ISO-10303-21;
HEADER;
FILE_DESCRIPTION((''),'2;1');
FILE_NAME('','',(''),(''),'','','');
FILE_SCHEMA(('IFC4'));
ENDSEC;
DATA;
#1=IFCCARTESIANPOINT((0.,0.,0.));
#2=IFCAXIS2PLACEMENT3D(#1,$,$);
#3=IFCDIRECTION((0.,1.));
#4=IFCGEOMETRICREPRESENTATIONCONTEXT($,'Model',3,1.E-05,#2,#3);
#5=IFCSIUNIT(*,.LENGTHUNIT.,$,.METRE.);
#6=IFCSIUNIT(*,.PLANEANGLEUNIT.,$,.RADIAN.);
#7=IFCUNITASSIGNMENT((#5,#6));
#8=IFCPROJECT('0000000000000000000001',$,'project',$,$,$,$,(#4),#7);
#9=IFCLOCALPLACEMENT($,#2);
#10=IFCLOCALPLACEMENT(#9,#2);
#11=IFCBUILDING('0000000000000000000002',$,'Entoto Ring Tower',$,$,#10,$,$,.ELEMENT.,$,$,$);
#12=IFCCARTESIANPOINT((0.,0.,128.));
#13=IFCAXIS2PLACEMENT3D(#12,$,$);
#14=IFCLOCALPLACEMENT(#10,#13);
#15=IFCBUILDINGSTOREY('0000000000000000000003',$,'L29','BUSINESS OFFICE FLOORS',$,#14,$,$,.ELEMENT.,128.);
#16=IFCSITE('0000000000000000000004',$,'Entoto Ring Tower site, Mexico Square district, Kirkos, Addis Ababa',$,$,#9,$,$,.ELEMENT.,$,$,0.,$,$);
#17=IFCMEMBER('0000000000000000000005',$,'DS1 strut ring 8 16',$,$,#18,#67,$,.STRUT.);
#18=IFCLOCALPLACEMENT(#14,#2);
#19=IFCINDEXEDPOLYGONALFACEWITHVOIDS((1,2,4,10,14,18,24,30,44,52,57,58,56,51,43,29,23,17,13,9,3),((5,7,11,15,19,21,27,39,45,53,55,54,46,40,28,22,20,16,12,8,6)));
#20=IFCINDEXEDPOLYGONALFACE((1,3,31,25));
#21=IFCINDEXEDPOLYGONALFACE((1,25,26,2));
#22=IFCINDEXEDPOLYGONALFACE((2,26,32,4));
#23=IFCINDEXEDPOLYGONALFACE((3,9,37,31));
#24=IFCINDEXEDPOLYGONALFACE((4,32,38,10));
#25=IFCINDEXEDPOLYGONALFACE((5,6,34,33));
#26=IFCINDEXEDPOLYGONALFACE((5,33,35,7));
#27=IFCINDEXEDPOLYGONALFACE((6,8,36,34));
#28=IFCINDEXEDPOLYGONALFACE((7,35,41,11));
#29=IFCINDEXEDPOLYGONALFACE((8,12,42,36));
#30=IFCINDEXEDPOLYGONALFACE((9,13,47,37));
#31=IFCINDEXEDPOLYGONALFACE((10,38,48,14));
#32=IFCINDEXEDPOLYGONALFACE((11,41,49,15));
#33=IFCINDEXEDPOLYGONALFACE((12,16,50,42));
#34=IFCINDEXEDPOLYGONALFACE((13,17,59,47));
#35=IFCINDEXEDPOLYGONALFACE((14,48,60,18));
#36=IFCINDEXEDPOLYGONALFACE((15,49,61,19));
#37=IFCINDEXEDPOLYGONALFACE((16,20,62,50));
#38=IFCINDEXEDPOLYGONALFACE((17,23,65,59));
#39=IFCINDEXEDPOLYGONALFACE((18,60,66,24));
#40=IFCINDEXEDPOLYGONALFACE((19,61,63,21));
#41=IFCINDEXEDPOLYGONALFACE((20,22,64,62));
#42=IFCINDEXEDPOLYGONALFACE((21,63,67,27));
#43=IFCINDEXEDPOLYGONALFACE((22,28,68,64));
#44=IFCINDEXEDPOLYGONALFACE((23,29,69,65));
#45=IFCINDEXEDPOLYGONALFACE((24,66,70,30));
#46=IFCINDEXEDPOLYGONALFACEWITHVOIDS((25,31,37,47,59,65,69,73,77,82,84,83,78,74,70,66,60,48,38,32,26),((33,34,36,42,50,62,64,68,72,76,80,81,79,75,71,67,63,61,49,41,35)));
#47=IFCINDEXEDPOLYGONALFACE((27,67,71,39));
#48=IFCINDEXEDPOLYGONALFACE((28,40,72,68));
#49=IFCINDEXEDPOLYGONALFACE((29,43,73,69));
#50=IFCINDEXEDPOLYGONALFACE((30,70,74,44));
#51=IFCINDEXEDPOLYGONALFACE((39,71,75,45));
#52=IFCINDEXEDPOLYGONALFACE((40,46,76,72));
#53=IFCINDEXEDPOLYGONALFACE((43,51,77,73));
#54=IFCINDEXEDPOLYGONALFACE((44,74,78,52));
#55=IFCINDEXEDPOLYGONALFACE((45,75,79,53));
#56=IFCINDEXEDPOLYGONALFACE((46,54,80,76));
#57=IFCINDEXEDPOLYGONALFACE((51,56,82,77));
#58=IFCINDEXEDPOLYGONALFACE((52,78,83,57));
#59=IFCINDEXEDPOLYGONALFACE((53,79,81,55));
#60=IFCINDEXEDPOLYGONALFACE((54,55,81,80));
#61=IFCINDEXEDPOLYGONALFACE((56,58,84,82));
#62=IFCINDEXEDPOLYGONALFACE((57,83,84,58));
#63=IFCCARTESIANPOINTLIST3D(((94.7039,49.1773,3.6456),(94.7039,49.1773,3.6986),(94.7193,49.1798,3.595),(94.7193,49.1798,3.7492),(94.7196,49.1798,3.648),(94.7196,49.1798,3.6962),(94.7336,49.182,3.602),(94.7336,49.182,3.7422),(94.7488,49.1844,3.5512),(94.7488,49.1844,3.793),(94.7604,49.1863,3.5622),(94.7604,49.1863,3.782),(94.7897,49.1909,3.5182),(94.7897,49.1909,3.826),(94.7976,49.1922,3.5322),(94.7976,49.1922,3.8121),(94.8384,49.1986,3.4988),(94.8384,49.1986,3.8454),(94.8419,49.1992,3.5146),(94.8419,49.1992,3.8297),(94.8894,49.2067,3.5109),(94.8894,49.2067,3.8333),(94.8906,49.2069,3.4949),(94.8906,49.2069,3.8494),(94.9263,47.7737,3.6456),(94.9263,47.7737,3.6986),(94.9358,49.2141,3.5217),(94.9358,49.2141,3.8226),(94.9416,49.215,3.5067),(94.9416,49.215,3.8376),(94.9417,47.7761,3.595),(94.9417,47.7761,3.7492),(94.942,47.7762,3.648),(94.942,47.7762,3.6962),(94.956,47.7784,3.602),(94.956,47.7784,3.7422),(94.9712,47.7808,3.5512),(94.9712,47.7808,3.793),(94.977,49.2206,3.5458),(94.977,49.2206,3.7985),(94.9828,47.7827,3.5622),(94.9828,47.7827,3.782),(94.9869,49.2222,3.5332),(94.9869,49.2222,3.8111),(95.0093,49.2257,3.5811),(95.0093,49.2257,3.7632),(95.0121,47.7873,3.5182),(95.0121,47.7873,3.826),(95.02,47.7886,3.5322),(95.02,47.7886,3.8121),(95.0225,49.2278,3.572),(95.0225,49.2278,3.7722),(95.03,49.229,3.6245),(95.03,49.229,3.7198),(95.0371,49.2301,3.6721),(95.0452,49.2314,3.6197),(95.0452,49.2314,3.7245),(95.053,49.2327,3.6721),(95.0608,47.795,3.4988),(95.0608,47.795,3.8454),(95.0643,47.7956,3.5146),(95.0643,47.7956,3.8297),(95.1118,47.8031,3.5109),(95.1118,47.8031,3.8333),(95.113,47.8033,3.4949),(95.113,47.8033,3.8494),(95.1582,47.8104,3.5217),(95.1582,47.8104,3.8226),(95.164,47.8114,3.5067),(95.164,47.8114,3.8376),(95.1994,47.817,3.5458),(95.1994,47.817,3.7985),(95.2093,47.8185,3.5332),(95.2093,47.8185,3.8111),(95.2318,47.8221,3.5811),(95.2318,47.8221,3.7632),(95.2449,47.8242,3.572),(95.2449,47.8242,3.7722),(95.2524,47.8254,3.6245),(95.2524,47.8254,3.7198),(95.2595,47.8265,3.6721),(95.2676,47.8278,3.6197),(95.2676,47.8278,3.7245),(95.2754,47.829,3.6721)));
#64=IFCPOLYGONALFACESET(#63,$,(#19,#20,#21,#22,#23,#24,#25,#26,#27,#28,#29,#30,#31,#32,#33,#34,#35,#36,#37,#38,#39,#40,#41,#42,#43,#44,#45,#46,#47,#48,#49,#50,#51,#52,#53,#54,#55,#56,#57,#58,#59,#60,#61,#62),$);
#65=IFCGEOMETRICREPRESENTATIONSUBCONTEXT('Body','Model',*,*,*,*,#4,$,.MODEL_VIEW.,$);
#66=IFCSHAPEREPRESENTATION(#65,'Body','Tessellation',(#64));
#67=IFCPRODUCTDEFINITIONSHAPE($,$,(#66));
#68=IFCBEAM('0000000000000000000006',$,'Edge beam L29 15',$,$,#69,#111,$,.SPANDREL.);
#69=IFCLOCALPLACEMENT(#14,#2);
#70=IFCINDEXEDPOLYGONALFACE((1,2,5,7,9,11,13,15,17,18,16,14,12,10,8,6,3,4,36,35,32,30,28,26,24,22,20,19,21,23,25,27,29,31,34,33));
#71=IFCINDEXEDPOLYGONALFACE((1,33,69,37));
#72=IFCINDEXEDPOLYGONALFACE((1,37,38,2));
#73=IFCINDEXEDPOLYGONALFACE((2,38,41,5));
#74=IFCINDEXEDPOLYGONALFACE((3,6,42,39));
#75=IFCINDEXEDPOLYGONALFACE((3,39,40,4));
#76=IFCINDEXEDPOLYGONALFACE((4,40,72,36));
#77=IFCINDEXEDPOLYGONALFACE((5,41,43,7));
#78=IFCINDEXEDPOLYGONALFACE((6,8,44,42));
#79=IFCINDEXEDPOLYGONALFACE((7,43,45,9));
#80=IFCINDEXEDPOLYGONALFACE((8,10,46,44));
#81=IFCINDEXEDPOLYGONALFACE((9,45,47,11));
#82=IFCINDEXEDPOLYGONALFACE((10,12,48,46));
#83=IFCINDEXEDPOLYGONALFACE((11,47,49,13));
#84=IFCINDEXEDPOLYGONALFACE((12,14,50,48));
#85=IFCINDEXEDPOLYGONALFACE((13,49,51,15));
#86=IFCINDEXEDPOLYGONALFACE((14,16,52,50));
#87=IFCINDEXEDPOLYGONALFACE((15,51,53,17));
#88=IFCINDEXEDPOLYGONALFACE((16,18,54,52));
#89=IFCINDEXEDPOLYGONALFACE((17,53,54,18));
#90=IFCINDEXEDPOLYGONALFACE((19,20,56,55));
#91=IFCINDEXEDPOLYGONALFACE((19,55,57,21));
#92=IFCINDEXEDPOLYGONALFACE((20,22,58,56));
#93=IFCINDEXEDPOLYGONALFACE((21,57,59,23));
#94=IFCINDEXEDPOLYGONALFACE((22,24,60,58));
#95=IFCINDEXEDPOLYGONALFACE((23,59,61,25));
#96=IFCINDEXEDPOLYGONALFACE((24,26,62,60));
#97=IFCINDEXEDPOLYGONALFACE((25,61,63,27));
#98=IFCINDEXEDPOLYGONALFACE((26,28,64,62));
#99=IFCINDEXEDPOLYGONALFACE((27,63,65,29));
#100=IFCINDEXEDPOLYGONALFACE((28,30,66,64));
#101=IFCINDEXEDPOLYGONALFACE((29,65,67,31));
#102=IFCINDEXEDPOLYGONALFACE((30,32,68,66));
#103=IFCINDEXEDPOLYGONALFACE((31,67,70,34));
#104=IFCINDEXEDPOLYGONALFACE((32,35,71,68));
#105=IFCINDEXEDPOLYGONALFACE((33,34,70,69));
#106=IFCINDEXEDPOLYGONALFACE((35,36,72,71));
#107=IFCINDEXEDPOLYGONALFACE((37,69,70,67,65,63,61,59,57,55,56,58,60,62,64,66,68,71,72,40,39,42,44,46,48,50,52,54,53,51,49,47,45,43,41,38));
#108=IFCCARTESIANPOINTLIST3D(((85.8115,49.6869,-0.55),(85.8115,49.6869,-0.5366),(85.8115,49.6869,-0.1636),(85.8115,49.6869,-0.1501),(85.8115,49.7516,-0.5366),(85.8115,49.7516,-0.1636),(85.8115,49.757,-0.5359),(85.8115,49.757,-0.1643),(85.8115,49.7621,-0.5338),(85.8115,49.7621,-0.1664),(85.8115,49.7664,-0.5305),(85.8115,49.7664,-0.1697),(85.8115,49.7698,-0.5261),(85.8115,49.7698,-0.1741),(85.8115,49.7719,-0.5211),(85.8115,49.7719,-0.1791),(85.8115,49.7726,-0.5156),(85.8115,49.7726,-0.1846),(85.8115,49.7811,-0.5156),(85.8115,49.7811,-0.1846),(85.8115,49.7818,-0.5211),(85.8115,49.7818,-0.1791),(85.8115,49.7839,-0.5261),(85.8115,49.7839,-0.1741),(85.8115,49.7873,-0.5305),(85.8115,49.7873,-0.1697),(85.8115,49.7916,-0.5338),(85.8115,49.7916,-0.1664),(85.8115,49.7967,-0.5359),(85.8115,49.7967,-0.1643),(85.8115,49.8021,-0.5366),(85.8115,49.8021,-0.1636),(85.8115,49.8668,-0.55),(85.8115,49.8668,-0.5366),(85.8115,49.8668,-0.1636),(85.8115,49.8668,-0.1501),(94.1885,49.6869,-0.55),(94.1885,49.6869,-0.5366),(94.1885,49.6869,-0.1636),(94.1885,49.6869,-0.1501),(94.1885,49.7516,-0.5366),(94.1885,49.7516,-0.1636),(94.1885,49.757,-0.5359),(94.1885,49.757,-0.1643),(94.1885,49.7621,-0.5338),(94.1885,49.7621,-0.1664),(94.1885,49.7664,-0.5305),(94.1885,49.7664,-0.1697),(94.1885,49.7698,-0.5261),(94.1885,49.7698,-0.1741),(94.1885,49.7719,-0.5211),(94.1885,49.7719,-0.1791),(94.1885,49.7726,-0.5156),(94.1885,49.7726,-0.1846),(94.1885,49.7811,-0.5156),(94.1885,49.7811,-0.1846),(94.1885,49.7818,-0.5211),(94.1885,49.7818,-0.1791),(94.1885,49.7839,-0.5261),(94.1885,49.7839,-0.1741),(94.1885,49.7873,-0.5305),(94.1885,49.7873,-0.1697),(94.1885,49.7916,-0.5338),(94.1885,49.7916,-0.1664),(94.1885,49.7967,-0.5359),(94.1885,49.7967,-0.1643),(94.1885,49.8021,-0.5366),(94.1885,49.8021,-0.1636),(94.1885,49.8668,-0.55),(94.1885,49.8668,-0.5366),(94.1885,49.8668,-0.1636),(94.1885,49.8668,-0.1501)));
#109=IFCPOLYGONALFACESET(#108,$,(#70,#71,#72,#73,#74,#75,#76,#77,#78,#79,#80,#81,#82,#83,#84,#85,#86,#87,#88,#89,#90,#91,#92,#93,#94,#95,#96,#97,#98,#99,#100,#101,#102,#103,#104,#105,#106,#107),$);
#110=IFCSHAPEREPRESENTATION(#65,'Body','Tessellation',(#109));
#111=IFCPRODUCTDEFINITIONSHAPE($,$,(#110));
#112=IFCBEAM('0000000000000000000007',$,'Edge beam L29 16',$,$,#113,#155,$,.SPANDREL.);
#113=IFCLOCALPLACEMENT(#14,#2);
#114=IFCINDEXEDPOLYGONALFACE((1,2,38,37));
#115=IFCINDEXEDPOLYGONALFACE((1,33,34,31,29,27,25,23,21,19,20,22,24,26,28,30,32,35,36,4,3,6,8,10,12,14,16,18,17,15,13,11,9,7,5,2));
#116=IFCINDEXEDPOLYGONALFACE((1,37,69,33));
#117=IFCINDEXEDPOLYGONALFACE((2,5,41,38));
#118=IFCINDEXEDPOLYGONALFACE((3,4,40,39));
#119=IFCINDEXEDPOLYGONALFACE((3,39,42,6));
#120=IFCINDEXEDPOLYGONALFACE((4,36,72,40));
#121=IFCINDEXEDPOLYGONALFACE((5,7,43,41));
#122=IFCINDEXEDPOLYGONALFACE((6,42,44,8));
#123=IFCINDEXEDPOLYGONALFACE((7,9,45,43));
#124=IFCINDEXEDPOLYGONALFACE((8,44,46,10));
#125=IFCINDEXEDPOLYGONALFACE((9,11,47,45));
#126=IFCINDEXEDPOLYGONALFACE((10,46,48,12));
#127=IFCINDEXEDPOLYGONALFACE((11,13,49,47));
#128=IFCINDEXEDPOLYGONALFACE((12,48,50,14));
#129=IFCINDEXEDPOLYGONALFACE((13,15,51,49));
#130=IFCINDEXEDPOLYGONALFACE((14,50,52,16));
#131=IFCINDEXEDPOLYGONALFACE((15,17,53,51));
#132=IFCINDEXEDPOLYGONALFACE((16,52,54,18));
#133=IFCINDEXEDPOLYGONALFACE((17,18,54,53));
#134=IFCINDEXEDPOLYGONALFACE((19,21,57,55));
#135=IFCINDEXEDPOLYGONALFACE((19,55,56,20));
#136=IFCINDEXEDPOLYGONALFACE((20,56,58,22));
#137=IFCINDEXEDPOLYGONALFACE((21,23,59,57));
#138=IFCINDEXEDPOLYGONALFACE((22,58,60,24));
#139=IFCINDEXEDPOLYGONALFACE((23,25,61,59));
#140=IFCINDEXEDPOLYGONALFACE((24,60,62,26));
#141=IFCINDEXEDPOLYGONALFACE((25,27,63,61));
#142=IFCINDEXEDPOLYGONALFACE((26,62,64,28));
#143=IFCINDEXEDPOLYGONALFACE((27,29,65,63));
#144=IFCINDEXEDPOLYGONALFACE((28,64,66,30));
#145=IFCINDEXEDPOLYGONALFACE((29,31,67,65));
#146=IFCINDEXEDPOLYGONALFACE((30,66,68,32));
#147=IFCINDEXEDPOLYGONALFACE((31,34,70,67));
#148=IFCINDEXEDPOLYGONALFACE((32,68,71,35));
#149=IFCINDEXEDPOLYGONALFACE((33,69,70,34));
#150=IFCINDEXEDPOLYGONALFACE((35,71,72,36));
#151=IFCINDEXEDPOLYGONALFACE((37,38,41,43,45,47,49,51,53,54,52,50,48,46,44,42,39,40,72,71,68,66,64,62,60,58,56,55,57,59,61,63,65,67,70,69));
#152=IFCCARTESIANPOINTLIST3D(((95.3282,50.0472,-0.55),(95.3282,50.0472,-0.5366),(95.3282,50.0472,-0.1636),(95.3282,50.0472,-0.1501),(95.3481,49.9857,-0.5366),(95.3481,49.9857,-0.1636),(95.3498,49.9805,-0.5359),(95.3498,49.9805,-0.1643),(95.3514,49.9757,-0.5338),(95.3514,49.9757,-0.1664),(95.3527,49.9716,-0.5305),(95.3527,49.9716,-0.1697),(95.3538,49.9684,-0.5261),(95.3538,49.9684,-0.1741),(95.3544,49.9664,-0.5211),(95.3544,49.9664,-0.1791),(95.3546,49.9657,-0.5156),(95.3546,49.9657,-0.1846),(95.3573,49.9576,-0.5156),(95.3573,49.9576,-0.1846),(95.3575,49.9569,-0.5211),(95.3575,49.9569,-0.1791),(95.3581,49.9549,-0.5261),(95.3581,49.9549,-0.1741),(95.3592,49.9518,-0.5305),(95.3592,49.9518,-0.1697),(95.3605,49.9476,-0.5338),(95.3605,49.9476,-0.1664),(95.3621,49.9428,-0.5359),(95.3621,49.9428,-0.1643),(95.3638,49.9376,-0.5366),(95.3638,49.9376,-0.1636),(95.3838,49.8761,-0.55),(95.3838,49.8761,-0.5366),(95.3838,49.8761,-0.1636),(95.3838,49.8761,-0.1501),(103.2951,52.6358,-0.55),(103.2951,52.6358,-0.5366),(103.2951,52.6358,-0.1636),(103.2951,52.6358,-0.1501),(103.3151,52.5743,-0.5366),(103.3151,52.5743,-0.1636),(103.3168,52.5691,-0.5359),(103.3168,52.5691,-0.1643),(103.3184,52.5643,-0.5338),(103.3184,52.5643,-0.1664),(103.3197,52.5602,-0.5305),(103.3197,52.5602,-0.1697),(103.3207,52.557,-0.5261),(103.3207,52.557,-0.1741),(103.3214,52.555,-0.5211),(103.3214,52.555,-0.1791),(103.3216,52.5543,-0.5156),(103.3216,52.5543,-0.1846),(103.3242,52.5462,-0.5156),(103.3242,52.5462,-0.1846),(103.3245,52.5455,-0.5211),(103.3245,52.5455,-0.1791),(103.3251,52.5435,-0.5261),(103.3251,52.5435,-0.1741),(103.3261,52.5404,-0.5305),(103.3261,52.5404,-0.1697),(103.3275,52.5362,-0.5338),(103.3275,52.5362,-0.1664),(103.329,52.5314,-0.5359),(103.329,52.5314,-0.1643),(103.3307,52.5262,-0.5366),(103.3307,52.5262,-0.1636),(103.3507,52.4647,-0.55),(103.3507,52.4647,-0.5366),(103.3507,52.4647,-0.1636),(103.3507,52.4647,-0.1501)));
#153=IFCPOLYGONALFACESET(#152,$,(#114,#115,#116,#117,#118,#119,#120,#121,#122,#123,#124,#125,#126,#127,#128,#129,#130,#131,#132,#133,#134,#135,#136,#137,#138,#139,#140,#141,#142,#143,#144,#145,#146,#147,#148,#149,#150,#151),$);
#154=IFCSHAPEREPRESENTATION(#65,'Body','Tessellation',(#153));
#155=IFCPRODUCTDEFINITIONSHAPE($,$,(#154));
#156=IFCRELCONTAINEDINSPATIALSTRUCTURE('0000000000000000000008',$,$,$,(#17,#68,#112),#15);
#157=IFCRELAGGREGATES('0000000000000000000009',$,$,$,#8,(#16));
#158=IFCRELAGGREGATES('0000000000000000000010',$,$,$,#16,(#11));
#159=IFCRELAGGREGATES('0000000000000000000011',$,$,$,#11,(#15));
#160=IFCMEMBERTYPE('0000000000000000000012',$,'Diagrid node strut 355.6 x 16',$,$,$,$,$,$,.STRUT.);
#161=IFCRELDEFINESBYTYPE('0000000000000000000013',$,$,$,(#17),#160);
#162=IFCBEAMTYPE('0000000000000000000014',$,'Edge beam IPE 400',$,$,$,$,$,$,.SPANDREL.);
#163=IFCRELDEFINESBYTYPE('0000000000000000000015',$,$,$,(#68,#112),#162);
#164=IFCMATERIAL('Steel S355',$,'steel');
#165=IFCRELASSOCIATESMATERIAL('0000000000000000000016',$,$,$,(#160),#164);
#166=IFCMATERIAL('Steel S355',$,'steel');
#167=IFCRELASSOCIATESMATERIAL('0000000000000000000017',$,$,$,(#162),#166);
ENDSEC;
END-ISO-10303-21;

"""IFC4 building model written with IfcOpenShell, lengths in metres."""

from ifc_helpers import new_model, si_unit, direction, frame, origin, origin_2d, place, context, subcontext, project, spatial, circle, hollow_circle, i_section, extrude, material, material_profile, profile_set, type_object, element, save


model = new_model("IFC4")

# Units and contexts
model_context = context("Model", 3, precision=1e-05, world=origin(), true_north=direction((0.0, 1.0)))
body_context = subcontext(model_context, "Body", "Model", "MODEL_VIEW")
ifc_project = project(units=[si_unit("LENGTHUNIT", "METRE"), si_unit("PLANEANGLEUNIT", "RADIAN")], contexts=[model_context])

# Site, building, storey
site_placement = place(None, origin())
site = spatial("IfcSite", under=ifc_project, at=site_placement, Name="Entoto Ring Tower site, Mexico Square district, Kirkos, Addis Ababa", CompositionType="ELEMENT", RefElevation=0.0)
building_placement = place(site_placement, origin())
building = spatial("IfcBuilding", under=site, at=building_placement, Name="Entoto Ring Tower", CompositionType="ELEMENT")
storey_placement = place(building_placement, frame((0.0, 0.0, 128.0)))
storey = spatial("IfcBuildingStorey", under=building, at=storey_placement, Name="L29", Description="BUSINESS OFFICE FLOORS", CompositionType="ELEMENT", Elevation=128.0)

# Member
ifc_material_1 = material(Name="Steel S355", Category="steel")
ifc_material_profile_1 = material_profile(ifc_material_1, hollow_circle(Radius=0.1777, WallThickness=0.0161, at=origin_2d()), Name="CHS 355.6 x 16")
ifc_material_2 = material(Name="Concrete C60/75", Category="concrete")
ifc_material_profile_2 = material_profile(ifc_material_2, circle(Radius=0.1619, at=origin_2d()), Name="Concrete C60/75 infill")
ifc_profile_set_1 = profile_set([ifc_material_profile_1, ifc_material_profile_2], Name="Steel S355")
member_type = type_object("IfcMemberType", Name="Diagrid node strut 355.6 x 16", PredefinedType="STRUT", material=ifc_profile_set_1)
member_placement = place(storey_placement, frame((94.8774, 49.2048, 3.6721), z_axis=(0.15651, -0.987676, 0.0), x_axis=(0.987676, 0.15651, 0.0)))
element("IfcMember", 1, at=member_placement, inside=storey, type_object=member_type, Name="DS1 strut ring 8 16", PredefinedType="STRUT", context=body_context, shape_type="SweptSolid", body=[
    extrude(hollow_circle(Radius=0.1777, WallThickness=0.0161, at=origin_2d()), origin(), (0.0, 0.0, 1.0), 1.4211),
])

# Beams
ifc_material_3 = material(Name="Steel S355", Category="steel")
ifc_material_profile_3 = material_profile(ifc_material_3, i_section(OverallWidth=0.1799, OverallDepth=0.3999, WebThickness=0.0085, FlangeThickness=0.0134, FilletRadius=0.021, at=origin_2d()), Name="IPE 400")
ifc_profile_set_2 = profile_set([ifc_material_profile_3], Name="Steel S355")
beam_type_1 = type_object("IfcBeamType", Name="Edge beam IPE 400", PredefinedType="SPANDREL", material=ifc_profile_set_2)
for number, where, z_axis, x_axis, name in (
    (2, (85.8115, 49.7769, -0.3501), (1.0, 0.0, 0.0), (0.0, 1.0, 0.0), "Edge beam L29 15"),
    (3, (95.356, 49.9617, -0.3501), (0.951057, 0.309014, 0.0), (-0.309014, 0.951057, 0.0), "Edge beam L29 16"),
):
    element("IfcBeam", number, at=place(storey_placement, frame(where, z_axis=z_axis, x_axis=x_axis)), inside=storey, type_object=beam_type_1, Name=name, PredefinedType="SPANDREL", context=body_context, shape_type="SweptSolid", body=[
        extrude(i_section(OverallWidth=0.1799, OverallDepth=0.3999, WebThickness=0.0085, FlangeThickness=0.0134, FilletRadius=0.021, at=origin_2d()), origin(), (0.0, 0.0, 1.0), 8.377),
    ])

save(model, "model.ifc")
